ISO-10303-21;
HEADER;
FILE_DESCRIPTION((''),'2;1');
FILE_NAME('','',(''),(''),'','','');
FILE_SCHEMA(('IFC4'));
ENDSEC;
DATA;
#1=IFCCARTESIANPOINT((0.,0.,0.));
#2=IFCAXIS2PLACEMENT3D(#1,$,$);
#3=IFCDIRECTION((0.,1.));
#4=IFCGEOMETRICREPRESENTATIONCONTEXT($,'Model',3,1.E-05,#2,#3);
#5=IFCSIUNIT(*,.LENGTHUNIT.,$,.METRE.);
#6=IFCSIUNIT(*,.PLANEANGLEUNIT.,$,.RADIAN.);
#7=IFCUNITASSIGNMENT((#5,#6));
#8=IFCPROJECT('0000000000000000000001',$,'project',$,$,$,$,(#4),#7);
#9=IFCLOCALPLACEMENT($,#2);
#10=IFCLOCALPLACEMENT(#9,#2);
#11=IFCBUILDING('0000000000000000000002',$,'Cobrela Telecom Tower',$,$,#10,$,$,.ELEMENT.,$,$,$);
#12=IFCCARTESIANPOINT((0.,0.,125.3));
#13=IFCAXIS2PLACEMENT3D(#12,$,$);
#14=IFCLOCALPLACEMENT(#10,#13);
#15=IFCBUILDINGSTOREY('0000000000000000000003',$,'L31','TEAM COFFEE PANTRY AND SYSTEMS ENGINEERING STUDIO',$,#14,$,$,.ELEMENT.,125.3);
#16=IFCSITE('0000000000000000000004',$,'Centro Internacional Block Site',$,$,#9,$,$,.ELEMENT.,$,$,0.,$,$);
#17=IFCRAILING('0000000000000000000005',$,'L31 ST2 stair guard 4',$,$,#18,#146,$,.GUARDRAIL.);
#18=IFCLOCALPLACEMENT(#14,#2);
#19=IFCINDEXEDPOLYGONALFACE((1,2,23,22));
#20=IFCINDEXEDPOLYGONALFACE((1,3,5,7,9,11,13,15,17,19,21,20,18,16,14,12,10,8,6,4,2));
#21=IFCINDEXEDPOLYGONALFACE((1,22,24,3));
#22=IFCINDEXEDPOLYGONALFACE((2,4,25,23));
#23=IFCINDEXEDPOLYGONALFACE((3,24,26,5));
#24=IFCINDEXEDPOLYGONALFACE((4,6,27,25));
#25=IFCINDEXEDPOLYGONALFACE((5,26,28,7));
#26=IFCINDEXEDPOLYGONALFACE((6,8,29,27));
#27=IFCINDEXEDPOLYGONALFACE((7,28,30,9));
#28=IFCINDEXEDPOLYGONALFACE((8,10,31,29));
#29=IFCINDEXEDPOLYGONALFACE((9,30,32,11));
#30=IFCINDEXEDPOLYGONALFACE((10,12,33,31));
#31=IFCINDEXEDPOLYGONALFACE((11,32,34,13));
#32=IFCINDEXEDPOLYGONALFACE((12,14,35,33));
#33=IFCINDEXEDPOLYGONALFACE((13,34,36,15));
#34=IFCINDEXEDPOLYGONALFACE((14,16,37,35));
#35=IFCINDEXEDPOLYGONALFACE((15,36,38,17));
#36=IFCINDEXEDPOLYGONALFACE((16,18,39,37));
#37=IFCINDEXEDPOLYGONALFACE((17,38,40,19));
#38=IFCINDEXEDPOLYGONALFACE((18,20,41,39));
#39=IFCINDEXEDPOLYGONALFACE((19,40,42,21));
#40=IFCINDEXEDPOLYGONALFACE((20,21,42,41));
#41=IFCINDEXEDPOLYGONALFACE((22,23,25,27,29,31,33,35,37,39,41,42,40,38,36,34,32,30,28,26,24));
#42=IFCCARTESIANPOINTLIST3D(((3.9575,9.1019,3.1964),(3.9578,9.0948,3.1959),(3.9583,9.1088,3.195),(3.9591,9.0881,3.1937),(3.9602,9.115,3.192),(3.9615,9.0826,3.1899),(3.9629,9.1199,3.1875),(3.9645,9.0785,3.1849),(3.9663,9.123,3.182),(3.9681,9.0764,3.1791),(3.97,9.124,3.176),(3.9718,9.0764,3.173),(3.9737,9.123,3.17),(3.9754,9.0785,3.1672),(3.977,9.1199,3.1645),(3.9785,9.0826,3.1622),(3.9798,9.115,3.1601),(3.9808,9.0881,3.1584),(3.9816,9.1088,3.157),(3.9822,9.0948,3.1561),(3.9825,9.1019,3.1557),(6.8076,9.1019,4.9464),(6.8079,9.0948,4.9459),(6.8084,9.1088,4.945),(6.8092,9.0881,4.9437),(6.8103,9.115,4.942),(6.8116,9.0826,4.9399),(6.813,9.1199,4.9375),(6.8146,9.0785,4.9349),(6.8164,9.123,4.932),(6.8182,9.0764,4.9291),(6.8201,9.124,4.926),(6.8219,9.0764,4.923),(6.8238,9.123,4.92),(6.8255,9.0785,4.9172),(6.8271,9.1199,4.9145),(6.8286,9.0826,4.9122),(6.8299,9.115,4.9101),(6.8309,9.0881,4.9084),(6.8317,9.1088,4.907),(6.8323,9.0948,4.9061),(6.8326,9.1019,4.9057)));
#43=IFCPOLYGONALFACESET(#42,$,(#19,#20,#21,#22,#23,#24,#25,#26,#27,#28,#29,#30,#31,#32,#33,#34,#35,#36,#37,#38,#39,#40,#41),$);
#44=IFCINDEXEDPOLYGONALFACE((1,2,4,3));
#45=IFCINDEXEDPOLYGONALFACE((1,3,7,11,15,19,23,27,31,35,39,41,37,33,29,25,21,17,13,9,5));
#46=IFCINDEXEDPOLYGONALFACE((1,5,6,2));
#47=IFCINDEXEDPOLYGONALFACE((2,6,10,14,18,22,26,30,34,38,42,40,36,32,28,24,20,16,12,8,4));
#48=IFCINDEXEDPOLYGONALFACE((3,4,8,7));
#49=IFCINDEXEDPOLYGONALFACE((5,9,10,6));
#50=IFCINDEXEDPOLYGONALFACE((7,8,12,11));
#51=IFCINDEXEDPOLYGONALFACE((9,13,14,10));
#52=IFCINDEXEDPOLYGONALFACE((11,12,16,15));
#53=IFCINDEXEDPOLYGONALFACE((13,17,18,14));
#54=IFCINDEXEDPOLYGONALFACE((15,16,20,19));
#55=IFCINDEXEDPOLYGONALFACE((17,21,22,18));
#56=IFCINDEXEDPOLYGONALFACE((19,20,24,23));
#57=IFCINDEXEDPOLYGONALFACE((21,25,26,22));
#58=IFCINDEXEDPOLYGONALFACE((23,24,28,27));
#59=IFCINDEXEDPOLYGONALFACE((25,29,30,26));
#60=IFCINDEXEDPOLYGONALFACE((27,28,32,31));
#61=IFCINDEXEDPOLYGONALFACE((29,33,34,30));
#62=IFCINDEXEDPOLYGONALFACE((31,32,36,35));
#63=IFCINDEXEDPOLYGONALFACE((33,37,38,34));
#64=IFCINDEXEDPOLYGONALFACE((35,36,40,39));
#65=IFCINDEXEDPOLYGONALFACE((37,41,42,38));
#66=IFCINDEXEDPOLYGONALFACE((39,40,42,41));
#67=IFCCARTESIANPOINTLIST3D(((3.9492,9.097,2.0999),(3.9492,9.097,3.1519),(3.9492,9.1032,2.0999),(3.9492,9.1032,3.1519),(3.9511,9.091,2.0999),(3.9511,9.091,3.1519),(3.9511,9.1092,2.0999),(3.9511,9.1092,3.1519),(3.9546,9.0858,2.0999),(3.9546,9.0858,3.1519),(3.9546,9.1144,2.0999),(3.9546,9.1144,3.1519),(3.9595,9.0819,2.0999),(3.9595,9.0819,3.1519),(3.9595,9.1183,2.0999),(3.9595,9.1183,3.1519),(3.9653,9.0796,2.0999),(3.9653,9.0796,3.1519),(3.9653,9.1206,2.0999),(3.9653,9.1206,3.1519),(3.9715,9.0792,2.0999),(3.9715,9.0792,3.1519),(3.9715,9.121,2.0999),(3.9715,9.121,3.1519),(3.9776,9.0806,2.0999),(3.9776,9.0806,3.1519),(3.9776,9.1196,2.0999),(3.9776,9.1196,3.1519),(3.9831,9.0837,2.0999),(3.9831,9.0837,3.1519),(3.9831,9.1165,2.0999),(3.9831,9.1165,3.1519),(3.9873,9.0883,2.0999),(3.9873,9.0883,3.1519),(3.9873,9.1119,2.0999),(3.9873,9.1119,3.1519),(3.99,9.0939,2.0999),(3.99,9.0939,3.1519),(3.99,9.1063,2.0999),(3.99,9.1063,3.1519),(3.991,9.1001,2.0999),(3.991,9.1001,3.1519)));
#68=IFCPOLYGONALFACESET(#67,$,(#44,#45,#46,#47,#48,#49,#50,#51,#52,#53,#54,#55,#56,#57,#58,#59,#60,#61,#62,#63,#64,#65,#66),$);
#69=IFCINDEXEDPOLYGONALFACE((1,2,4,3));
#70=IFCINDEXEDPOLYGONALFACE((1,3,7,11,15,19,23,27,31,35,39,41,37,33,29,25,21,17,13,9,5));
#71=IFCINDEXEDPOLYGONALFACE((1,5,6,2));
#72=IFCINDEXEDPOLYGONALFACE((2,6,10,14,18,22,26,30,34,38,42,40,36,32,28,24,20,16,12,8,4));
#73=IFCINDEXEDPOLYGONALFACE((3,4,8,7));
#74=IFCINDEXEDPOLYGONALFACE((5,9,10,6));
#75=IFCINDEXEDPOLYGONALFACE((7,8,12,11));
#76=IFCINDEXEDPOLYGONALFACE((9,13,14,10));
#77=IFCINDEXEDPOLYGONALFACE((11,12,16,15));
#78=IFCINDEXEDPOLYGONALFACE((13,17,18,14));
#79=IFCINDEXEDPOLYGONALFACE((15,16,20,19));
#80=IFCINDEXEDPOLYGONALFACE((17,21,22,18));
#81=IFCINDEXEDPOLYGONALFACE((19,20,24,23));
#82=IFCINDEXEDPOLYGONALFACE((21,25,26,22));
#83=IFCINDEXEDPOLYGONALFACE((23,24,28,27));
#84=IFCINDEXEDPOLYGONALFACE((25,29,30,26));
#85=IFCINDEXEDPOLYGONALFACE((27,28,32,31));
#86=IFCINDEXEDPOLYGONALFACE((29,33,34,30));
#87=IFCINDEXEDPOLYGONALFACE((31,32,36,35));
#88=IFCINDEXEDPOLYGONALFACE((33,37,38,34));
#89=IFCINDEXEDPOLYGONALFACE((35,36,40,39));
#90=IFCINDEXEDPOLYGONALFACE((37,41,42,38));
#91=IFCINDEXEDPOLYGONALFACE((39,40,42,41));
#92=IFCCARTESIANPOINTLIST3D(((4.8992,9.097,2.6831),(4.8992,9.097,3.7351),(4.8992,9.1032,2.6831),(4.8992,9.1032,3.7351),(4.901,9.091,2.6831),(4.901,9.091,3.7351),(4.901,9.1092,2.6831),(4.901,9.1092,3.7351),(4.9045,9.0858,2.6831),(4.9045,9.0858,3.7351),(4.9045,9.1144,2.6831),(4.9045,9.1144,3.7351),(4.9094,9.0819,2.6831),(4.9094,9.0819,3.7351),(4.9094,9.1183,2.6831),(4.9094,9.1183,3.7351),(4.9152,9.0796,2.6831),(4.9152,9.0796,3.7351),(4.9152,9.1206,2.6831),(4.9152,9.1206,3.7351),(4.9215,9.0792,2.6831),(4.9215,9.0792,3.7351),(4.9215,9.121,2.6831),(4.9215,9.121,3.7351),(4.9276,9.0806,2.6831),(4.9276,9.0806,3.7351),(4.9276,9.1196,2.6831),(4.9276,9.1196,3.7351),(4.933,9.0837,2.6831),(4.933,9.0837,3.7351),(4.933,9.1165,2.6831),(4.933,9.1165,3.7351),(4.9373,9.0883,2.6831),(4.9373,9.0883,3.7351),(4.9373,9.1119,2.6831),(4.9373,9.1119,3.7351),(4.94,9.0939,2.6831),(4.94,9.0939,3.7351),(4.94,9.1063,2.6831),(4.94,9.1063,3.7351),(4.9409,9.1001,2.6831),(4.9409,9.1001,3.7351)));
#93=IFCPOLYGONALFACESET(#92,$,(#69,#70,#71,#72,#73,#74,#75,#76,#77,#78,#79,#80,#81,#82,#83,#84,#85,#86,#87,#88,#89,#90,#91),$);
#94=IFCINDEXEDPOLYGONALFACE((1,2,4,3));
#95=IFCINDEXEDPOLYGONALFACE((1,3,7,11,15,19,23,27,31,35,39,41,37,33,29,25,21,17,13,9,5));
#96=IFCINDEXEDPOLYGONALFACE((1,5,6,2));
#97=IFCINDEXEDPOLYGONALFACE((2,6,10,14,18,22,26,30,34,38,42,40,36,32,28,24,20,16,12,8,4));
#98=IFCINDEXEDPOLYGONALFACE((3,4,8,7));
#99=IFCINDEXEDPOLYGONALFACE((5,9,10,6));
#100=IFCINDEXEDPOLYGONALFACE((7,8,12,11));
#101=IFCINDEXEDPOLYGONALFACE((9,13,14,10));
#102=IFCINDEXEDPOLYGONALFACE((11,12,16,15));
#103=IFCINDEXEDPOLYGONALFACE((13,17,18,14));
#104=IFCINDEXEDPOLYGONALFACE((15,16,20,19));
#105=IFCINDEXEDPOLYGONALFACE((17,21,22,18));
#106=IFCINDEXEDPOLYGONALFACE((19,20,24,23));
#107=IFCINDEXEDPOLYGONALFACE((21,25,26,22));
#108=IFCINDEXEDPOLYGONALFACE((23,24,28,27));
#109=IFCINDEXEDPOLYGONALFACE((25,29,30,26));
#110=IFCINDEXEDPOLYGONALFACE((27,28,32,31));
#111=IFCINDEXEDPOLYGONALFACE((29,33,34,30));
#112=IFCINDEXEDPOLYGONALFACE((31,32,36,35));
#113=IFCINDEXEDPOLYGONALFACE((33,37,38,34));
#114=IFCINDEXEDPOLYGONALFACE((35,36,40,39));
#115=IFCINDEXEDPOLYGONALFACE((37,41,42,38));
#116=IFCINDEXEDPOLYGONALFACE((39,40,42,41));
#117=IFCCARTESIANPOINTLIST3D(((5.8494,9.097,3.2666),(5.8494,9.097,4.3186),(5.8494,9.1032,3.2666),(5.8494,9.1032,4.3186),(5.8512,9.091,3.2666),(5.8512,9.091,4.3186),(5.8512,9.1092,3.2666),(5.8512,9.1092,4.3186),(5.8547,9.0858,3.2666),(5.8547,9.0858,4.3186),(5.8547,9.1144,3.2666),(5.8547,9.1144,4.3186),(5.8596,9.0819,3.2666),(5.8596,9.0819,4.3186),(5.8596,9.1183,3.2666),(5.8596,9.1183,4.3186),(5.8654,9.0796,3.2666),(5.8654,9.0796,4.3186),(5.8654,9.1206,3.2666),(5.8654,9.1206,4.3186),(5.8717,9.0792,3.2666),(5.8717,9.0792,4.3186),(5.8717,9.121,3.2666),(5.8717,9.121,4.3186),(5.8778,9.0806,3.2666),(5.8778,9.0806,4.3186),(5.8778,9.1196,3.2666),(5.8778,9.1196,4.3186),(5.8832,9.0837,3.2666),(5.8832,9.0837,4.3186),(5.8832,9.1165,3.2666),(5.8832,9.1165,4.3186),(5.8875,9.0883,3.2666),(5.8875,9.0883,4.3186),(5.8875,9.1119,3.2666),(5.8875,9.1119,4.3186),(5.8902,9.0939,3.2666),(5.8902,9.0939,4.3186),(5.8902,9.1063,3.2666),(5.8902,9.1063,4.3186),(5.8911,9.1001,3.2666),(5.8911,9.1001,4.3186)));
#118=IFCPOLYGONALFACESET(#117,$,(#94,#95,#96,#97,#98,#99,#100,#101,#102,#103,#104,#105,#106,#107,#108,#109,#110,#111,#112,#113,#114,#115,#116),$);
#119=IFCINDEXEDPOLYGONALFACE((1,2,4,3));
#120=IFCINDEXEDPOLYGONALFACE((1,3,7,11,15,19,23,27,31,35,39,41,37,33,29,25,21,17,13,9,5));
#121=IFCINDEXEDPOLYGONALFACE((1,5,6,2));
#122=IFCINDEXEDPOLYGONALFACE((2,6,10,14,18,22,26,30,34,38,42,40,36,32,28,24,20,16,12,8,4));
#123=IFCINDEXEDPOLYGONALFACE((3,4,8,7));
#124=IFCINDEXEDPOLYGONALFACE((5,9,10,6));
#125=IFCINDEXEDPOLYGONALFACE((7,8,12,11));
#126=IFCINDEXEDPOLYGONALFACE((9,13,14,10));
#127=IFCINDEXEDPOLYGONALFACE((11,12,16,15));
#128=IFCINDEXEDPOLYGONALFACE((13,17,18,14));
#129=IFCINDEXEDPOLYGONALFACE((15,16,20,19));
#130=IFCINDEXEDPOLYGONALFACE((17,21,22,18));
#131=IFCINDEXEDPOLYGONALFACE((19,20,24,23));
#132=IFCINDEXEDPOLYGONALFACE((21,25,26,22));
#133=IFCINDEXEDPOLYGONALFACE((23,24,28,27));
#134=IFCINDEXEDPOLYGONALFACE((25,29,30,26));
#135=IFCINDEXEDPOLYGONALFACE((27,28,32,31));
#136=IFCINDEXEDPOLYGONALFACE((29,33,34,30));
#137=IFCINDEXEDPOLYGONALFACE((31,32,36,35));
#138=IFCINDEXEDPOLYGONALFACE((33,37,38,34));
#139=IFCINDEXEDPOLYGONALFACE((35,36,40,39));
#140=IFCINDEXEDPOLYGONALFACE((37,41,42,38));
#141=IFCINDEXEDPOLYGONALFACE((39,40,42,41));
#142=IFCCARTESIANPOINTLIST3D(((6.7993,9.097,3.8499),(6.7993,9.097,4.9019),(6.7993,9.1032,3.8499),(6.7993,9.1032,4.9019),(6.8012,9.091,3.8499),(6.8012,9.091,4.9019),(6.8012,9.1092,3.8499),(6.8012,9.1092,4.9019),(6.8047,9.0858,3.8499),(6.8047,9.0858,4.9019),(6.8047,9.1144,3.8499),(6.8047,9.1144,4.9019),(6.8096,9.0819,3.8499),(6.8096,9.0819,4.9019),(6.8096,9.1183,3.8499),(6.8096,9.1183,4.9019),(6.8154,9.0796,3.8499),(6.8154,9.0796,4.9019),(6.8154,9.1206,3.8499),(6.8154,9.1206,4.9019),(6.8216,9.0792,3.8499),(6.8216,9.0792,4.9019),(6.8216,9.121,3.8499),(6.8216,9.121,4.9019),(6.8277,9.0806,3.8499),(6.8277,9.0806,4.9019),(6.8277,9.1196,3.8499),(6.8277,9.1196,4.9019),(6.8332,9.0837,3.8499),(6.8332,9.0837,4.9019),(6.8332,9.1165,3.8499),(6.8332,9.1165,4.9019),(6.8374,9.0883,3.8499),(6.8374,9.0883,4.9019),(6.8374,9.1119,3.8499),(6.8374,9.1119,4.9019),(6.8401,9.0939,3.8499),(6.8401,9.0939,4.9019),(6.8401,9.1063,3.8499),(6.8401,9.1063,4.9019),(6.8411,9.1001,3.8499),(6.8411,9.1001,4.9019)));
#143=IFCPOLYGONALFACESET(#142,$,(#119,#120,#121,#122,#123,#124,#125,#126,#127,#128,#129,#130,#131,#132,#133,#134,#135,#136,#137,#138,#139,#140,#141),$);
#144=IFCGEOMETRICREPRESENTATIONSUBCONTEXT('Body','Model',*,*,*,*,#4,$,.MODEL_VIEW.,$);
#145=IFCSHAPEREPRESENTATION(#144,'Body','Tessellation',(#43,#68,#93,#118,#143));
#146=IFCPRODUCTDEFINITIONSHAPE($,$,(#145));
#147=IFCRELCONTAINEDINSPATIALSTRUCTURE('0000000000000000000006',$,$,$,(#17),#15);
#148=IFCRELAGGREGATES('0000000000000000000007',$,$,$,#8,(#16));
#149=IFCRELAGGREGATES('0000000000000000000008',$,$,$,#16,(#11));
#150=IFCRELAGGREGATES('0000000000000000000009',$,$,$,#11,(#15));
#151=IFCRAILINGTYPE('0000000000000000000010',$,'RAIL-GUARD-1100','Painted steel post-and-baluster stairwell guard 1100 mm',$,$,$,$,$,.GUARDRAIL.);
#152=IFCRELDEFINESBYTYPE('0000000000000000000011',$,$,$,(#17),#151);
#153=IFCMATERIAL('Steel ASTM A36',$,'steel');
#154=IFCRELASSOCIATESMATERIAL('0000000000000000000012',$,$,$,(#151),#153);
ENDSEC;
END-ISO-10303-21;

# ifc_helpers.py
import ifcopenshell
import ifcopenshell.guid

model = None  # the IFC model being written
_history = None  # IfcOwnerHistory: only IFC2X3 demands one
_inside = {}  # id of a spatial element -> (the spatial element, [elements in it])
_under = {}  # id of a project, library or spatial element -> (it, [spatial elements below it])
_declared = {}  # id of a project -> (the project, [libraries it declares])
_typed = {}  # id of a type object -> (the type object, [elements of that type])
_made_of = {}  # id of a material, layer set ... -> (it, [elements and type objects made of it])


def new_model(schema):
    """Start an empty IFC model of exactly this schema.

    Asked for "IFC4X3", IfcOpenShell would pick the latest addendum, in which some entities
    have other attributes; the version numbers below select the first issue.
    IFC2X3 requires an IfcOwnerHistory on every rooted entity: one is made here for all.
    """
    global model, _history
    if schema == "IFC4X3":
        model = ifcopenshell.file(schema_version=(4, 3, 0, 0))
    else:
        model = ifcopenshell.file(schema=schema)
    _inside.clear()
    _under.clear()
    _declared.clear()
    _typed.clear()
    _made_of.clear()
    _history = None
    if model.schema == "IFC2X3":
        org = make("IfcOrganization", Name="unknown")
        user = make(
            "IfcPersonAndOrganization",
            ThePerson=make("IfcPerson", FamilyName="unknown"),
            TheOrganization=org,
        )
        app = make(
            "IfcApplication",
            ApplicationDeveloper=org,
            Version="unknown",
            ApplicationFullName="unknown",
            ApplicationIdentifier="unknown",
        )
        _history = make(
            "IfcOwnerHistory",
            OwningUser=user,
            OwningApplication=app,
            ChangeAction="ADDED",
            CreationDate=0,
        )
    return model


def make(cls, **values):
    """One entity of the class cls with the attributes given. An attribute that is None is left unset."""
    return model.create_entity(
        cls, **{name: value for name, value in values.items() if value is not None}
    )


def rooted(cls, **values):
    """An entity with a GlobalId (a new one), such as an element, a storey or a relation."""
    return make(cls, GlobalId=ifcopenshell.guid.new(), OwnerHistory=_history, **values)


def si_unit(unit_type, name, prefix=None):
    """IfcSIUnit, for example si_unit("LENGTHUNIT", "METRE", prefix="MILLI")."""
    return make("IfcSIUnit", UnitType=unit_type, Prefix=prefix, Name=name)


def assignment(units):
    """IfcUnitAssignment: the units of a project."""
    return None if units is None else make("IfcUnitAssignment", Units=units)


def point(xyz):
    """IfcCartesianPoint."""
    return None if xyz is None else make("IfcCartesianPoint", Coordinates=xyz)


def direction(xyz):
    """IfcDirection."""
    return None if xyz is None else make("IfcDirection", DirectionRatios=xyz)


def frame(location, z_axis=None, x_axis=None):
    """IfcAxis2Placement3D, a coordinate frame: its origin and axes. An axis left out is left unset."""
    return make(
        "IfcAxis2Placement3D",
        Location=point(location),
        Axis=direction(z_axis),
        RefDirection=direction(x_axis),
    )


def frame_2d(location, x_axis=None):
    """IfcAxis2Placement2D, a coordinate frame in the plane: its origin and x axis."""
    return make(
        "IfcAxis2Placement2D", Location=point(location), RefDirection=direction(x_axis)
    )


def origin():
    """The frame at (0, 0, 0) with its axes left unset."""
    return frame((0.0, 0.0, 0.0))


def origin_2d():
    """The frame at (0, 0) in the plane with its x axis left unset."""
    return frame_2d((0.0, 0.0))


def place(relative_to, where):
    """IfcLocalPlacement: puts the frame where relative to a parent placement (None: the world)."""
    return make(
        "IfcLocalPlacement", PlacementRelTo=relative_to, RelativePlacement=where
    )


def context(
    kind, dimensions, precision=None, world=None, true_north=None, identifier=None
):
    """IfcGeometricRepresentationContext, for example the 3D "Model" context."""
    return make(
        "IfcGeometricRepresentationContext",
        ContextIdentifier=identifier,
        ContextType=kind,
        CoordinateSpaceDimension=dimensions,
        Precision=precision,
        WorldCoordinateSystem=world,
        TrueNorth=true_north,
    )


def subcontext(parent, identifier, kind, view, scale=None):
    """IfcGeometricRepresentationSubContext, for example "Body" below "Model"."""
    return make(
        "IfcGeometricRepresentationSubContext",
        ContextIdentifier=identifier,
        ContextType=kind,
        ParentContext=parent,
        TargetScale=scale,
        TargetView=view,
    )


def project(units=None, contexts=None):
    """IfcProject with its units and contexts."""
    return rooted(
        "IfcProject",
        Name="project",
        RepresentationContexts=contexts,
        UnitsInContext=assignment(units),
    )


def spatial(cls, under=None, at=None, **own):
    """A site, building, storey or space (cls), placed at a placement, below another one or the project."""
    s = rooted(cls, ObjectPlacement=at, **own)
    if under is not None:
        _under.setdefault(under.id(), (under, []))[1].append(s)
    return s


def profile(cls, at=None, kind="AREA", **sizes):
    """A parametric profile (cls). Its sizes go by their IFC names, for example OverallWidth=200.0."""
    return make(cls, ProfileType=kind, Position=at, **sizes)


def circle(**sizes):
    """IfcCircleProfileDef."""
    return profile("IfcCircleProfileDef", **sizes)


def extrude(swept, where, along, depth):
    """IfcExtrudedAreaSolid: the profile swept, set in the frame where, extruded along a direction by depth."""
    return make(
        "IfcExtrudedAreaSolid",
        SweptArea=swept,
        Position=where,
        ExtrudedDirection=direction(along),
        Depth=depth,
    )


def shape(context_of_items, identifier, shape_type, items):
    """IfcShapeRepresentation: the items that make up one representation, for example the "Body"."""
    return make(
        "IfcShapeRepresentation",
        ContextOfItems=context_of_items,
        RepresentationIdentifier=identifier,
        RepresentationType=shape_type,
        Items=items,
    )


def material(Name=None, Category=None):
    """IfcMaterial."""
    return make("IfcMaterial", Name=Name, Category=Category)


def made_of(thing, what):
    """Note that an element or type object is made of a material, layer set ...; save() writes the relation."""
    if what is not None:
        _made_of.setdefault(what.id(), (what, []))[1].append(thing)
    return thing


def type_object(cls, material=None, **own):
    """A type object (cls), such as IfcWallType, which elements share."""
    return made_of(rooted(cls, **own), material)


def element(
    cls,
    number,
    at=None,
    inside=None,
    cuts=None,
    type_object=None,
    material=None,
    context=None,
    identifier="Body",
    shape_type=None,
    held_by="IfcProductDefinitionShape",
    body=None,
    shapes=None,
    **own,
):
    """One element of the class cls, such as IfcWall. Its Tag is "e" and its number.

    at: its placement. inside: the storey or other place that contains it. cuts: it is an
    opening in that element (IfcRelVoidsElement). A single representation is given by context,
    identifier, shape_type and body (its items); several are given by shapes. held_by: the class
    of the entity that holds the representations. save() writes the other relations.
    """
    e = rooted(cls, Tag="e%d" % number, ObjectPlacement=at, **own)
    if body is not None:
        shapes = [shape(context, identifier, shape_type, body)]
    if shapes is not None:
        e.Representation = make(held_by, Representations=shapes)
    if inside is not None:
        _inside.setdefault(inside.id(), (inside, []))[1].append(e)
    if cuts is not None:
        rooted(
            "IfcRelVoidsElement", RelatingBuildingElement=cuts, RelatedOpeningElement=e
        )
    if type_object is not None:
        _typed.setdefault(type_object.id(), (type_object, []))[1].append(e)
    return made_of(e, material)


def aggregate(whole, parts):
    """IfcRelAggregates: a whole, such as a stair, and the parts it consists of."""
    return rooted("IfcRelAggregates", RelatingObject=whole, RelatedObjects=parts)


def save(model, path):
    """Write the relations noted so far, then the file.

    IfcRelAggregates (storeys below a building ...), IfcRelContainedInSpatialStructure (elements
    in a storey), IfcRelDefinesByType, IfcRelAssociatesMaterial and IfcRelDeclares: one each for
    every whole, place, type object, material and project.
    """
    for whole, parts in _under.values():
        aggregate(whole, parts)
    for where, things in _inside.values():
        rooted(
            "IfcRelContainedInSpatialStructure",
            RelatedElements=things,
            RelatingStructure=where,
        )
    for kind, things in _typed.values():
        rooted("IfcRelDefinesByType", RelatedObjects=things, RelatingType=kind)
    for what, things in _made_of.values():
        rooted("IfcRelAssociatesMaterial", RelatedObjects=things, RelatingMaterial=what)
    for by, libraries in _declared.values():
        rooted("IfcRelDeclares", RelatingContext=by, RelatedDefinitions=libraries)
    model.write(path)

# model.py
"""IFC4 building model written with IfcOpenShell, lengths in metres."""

from ifc_helpers import new_model, si_unit, direction, frame, origin, origin_2d, place, context, subcontext, project, spatial, circle, extrude, material, type_object, element, save


model = new_model("IFC4")

# Units and contexts
model_context = context("Model", 3, precision=1e-05, world=origin(), true_north=direction((0.0, 1.0)))
body_context = subcontext(model_context, "Body", "Model", "MODEL_VIEW")
ifc_project = project(units=[si_unit("LENGTHUNIT", "METRE"), si_unit("PLANEANGLEUNIT", "RADIAN")], contexts=[model_context])

# Site, building, storey
site_placement = place(None, origin())
site = spatial("IfcSite", under=ifc_project, at=site_placement, Name="Centro Internacional Block Site", CompositionType="ELEMENT", RefElevation=0.0)
building_placement = place(site_placement, origin())
building = spatial("IfcBuilding", under=site, at=building_placement, Name="Cobrela Telecom Tower", CompositionType="ELEMENT")
storey_placement = place(building_placement, frame((0.0, 0.0, 125.3)))
storey = spatial("IfcBuildingStorey", under=building, at=storey_placement, Name="L31", Description="TEAM COFFEE PANTRY AND SYSTEMS ENGINEERING STUDIO", CompositionType="ELEMENT", Elevation=125.3)

# Railing
ifc_material_1 = material(Name="Steel ASTM A36", Category="steel")
railing_type_1 = type_object("IfcRailingType", Name="RAIL-GUARD-1100", Description="Painted steel post-and-baluster stairwell guard 1100 mm", PredefinedType="GUARDRAIL", material=ifc_material_1)
railing_1_placement = place(storey_placement, frame((3.97, 9.1001, 2.0999)))
element("IfcRailing", 1, at=railing_1_placement, inside=storey, type_object=railing_type_1, Name="L31 ST2 stair guard 4", PredefinedType="GUARDRAIL", context=body_context, shape_type="SweptSolid", body=[
    extrude(circle(Radius=0.0239, at=origin_2d()), frame((0.0, 0.0, 1.0762), z_axis=(0.852179, 0.0, 0.52325), x_axis=(0.0, 1.0, 0.0)), (0.0, 0.0, 1.0), 3.3445),
    extrude(circle(Radius=0.021, at=origin_2d()), origin(), (0.0, 0.0, 1.0), 1.052),
    extrude(circle(Radius=0.021, at=origin_2d()), frame((0.95, 0.0, 0.5833)), (0.0, 0.0, 1.0), 1.052),
    extrude(circle(Radius=0.021, at=origin_2d()), frame((1.9001, 0.0, 1.1667)), (0.0, 0.0, 1.0), 1.052),
    extrude(circle(Radius=0.021, at=origin_2d()), frame((2.8501, 0.0, 1.75)), (0.0, 0.0, 1.0), 1.052),
])

save(model, "model.ifc")
